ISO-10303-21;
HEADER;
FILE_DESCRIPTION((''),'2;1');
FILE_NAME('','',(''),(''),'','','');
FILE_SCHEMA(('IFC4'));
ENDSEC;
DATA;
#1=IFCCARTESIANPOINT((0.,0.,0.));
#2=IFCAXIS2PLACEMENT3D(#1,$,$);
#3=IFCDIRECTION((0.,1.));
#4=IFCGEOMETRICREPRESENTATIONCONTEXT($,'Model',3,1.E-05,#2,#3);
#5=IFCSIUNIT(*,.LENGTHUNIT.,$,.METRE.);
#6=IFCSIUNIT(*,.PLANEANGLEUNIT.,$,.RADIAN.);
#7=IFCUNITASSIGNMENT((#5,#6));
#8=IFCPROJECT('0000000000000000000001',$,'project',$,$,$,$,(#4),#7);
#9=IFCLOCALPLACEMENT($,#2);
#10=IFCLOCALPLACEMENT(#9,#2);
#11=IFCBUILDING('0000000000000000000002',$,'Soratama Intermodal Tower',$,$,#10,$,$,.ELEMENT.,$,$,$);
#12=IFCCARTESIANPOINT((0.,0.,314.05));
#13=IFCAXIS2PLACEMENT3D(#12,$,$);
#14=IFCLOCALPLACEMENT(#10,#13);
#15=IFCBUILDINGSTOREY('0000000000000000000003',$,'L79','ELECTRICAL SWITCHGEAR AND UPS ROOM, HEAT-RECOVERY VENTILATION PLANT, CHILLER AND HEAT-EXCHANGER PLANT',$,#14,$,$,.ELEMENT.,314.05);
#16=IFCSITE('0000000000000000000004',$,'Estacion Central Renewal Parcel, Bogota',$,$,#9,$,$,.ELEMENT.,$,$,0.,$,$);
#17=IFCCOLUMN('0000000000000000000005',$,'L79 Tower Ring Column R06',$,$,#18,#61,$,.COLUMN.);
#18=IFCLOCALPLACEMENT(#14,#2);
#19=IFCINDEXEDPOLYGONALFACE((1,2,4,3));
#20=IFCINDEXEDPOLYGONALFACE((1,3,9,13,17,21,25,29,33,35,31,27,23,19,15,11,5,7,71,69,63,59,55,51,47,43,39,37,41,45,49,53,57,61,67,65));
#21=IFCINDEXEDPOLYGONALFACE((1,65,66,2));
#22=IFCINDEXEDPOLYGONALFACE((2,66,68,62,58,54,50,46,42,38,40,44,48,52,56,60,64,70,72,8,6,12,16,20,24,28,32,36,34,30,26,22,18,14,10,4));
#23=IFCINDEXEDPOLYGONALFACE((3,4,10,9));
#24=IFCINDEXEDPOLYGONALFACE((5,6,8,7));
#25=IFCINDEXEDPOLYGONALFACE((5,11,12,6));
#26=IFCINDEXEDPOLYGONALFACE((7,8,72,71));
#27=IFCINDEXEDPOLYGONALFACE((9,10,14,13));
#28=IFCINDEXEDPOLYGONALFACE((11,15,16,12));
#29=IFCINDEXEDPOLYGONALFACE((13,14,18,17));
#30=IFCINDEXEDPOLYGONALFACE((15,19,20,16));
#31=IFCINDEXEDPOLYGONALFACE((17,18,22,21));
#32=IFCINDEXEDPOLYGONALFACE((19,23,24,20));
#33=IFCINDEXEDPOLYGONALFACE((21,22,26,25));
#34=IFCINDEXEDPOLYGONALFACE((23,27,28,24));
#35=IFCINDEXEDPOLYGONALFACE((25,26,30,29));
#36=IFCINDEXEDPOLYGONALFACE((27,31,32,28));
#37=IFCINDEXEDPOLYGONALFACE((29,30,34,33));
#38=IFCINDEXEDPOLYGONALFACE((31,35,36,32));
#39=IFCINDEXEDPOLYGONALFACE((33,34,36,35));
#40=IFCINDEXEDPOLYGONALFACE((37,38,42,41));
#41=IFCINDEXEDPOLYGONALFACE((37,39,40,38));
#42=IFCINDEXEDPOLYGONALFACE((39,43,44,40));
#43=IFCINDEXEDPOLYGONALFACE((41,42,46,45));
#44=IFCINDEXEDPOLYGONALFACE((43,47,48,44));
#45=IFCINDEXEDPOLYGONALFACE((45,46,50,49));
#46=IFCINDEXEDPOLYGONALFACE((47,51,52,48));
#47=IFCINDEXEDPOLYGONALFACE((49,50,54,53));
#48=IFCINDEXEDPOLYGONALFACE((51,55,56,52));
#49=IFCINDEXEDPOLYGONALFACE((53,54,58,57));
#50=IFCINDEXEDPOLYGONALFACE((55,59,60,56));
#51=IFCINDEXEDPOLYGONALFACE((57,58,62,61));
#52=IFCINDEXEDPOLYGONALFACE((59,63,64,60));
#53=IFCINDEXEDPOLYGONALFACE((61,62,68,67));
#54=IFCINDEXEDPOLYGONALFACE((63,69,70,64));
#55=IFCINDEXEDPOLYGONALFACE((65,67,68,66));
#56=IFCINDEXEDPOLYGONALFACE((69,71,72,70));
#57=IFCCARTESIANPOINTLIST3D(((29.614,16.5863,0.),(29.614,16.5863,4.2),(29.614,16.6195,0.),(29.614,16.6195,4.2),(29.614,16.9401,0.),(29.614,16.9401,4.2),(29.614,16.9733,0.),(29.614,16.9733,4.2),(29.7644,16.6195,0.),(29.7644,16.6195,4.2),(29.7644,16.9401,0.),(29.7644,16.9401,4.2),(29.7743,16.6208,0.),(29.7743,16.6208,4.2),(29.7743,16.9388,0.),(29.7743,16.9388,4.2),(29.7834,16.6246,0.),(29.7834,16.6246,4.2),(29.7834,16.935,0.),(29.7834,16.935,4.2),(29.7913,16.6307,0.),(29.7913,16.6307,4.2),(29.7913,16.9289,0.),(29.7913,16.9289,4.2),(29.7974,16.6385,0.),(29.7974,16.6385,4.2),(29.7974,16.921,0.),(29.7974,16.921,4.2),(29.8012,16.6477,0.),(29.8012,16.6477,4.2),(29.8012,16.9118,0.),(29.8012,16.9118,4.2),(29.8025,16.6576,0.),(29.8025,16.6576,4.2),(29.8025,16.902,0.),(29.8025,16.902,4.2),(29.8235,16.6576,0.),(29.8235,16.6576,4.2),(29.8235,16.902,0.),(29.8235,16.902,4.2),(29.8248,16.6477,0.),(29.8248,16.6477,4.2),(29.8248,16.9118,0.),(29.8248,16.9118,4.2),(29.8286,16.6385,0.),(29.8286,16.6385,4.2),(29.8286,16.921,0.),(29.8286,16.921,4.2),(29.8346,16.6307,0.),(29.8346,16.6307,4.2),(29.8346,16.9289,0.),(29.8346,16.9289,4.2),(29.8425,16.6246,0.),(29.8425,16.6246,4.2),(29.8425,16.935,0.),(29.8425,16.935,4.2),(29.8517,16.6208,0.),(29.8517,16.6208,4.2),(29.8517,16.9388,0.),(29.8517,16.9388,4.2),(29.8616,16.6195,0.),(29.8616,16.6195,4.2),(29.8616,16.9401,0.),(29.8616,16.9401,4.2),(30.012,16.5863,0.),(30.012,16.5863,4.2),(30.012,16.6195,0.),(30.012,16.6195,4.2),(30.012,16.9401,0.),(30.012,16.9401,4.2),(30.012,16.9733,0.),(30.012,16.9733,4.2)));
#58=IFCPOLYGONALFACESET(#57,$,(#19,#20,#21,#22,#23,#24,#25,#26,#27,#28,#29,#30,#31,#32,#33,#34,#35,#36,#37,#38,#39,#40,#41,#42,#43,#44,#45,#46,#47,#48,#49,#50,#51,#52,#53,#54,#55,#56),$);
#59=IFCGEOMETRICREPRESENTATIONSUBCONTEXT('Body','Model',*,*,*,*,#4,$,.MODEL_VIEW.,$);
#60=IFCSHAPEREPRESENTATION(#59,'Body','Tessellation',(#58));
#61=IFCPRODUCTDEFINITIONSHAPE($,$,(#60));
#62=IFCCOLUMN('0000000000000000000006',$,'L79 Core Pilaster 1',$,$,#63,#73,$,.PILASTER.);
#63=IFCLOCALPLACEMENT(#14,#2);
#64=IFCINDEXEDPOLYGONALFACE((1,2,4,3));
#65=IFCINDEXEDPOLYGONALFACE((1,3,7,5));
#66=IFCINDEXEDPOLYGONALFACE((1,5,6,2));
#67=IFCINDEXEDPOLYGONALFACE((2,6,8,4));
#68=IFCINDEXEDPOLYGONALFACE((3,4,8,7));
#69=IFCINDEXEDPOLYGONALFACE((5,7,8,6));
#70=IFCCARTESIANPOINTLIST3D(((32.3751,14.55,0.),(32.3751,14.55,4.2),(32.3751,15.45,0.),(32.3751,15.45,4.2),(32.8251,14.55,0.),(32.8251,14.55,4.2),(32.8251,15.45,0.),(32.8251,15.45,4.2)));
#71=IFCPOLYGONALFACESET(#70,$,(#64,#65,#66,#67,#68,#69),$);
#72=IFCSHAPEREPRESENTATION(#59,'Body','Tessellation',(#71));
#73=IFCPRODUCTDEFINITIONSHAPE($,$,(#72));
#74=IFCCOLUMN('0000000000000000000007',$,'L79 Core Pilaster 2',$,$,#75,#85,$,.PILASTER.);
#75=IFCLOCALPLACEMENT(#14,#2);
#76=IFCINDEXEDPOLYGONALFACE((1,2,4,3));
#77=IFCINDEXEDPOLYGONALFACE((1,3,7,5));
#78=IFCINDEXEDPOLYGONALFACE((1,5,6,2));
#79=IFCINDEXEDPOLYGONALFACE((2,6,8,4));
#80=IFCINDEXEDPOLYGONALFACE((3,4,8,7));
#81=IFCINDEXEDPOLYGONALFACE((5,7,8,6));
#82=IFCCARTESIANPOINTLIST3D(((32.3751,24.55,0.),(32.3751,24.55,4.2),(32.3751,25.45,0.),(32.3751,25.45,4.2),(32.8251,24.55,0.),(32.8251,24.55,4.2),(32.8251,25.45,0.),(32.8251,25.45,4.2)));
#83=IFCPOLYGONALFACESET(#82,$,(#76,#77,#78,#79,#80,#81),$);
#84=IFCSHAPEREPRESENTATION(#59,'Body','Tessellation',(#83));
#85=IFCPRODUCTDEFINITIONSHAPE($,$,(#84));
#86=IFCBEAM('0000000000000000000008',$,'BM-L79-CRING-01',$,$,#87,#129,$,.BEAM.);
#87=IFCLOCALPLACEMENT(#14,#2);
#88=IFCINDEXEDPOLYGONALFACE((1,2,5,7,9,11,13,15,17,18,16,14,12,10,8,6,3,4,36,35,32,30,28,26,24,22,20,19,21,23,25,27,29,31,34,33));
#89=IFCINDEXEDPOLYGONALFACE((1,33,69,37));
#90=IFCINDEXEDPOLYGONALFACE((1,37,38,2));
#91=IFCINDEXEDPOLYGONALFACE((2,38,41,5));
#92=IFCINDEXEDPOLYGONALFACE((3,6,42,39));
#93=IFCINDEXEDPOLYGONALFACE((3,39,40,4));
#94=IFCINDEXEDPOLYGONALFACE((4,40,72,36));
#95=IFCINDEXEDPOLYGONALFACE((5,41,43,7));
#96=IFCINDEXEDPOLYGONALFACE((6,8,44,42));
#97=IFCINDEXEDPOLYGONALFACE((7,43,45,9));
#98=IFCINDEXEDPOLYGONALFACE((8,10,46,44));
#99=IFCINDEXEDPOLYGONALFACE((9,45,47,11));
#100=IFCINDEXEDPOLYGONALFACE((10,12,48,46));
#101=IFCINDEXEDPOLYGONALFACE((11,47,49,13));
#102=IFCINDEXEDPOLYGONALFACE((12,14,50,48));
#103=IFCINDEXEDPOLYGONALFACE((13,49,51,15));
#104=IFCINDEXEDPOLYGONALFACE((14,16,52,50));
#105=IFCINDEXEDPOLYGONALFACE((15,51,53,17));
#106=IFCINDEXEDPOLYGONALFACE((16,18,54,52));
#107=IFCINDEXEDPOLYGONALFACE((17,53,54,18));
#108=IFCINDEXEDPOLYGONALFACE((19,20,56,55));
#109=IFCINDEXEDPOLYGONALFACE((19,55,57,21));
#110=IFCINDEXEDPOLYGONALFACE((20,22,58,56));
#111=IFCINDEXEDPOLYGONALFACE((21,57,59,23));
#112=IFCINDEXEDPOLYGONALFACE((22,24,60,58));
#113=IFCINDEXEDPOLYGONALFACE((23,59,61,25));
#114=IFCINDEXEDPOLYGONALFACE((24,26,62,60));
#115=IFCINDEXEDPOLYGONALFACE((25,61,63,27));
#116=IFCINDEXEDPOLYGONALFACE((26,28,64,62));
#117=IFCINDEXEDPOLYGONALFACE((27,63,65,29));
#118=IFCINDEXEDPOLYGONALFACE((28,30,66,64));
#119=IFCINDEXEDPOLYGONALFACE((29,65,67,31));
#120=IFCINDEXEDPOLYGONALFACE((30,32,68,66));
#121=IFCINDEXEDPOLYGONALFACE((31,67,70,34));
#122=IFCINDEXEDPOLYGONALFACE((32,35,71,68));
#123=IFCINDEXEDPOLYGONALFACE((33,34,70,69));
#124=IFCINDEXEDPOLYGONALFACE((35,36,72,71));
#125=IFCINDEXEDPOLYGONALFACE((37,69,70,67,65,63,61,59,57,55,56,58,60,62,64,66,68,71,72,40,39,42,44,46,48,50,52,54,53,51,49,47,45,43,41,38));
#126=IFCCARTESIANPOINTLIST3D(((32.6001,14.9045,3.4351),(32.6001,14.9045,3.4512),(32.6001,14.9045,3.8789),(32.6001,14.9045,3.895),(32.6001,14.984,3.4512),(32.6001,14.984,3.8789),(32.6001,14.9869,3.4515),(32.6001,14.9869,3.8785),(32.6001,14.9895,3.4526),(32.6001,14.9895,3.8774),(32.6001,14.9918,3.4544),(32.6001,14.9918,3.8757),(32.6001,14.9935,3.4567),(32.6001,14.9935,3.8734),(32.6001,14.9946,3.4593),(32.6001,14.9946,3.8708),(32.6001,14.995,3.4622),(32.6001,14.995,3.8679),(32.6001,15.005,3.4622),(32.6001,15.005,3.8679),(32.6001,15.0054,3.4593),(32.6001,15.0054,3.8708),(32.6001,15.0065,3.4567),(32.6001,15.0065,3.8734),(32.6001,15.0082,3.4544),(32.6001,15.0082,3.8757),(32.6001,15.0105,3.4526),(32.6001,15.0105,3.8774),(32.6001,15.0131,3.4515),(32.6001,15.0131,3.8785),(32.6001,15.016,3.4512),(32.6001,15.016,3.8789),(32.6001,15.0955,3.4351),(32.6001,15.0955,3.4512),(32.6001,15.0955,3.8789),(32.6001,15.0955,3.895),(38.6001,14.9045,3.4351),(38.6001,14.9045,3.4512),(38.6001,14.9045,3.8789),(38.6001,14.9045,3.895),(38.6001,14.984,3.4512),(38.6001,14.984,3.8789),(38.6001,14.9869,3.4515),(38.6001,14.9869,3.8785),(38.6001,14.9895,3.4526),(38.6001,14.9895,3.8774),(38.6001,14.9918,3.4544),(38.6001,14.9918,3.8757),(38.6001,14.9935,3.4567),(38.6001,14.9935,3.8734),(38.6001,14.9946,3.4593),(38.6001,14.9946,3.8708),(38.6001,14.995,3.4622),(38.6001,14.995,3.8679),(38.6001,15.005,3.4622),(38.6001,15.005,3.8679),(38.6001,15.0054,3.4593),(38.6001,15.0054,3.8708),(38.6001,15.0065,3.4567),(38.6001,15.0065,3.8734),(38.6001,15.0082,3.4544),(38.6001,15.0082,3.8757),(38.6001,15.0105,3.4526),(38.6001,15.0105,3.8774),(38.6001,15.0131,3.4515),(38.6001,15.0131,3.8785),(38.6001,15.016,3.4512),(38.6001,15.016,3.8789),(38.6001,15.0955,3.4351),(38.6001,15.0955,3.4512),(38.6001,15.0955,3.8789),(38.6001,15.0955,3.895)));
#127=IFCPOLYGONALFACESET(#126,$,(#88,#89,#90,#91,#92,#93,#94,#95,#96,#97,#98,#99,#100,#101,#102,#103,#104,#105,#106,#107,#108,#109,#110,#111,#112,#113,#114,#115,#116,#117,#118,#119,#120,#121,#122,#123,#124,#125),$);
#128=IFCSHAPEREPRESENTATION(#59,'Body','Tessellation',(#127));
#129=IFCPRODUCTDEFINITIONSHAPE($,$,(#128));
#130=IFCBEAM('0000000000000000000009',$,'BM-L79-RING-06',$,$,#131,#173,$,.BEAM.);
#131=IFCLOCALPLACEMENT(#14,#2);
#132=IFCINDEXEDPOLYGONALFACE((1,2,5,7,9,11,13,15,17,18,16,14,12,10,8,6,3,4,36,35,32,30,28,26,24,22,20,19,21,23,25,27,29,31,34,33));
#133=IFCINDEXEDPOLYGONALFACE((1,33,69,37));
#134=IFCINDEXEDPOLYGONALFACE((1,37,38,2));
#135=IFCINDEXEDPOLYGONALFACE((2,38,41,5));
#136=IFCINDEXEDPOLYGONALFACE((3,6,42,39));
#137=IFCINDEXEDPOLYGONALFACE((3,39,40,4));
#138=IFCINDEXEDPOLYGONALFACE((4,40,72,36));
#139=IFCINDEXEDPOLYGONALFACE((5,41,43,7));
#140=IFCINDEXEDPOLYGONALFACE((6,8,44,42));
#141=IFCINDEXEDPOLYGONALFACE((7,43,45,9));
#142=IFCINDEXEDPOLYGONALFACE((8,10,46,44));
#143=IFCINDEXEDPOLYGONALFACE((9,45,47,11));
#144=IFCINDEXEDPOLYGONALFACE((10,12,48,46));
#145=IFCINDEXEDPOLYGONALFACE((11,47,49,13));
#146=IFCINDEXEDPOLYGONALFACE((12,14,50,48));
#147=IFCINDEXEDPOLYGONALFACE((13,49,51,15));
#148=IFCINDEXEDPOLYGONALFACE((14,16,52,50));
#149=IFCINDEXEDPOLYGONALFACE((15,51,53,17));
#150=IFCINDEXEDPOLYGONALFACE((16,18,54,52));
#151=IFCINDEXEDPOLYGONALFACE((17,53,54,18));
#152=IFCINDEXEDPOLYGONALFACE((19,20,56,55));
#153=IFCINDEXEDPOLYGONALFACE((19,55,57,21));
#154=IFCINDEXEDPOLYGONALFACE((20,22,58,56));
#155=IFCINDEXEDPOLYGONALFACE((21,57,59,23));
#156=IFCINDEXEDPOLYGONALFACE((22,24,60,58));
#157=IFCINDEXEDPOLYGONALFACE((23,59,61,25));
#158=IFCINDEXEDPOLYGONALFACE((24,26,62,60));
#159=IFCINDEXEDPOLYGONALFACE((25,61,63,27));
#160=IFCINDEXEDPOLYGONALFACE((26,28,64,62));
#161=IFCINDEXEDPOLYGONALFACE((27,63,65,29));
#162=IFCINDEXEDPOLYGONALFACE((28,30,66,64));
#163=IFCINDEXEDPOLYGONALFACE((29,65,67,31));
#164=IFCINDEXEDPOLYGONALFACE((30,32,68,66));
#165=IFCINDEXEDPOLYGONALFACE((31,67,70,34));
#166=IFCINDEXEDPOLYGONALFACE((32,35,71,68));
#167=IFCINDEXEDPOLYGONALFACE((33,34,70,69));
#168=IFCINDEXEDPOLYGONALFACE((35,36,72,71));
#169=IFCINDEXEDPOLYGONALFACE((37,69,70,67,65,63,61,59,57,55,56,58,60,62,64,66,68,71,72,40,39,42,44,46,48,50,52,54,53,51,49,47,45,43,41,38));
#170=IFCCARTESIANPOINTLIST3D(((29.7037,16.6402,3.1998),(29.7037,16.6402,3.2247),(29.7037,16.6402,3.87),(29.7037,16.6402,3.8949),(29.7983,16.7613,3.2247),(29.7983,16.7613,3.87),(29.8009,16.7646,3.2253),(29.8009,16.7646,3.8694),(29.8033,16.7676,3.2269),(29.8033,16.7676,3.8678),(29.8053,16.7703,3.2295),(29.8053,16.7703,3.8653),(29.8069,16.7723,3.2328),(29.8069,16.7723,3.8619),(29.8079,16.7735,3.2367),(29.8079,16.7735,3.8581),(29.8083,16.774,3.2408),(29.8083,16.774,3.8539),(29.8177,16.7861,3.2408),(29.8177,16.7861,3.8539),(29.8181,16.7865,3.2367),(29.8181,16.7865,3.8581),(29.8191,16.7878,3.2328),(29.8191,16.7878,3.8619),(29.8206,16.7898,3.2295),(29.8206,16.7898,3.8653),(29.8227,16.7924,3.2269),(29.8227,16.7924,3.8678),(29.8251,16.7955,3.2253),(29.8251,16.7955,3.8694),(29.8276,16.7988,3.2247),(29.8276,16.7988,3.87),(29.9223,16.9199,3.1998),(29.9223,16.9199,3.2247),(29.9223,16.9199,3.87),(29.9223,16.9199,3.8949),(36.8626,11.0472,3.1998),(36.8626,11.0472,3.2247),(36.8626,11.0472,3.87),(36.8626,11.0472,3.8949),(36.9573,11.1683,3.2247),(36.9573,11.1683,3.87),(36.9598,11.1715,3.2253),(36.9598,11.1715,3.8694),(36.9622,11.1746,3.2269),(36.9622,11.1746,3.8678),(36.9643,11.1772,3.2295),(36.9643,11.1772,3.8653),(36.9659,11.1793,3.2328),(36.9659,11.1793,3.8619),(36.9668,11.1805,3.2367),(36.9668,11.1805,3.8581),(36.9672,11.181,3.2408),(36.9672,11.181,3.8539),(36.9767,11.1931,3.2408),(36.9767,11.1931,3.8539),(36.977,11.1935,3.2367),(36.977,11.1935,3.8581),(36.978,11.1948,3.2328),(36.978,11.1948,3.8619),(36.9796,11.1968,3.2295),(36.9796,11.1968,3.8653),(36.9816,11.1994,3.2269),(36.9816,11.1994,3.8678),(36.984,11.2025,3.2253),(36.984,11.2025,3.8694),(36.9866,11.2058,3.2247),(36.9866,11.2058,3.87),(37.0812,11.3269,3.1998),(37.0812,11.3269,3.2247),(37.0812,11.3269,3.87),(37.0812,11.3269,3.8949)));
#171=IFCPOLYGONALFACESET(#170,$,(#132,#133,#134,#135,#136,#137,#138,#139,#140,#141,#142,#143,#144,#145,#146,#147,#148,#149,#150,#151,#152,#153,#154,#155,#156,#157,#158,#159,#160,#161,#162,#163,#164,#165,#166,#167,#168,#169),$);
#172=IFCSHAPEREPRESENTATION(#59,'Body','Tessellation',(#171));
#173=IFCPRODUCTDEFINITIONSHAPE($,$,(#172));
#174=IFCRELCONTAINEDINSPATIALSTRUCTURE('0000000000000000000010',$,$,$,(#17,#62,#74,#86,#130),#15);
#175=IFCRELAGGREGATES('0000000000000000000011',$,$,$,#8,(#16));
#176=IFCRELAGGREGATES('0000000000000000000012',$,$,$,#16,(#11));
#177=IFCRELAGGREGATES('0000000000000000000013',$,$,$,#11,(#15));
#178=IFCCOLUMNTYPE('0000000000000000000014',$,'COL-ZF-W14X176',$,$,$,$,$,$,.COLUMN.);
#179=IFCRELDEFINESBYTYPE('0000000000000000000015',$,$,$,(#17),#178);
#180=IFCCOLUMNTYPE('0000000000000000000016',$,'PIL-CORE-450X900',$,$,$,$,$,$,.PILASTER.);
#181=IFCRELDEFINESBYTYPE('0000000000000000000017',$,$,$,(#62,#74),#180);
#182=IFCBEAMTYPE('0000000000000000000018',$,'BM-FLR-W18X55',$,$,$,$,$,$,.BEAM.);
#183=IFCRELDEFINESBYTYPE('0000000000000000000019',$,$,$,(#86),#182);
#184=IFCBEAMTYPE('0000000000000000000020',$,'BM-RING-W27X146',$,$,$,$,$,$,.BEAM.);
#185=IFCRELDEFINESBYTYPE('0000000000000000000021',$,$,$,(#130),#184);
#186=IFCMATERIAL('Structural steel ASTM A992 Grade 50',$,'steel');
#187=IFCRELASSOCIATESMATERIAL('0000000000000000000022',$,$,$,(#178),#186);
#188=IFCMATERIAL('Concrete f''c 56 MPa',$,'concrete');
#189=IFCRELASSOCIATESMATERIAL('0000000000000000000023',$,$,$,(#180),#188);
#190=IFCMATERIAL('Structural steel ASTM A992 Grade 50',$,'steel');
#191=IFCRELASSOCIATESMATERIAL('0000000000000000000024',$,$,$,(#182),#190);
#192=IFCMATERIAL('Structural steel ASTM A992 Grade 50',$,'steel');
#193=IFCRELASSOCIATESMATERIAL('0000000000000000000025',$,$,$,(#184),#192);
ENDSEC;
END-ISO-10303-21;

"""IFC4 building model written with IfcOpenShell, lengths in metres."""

from ifc_helpers import new_model, si_unit, direction, frame, origin, origin_2d, place, context, subcontext, project, spatial, rectangle, i_section, extrude, material, material_profile, profile_set, type_object, element, save


model = new_model("IFC4")

# Units and contexts
model_context = context("Model", 3, precision=1e-05, world=origin(), true_north=direction((0.0, 1.0)))
body_context = subcontext(model_context, "Body", "Model", "MODEL_VIEW")
ifc_project = project(units=[si_unit("LENGTHUNIT", "METRE"), si_unit("PLANEANGLEUNIT", "RADIAN")], contexts=[model_context])

# Site, building, storey
site_placement = place(None, origin())
site = spatial("IfcSite", under=ifc_project, at=site_placement, Name="Estacion Central Renewal Parcel, Bogota", CompositionType="ELEMENT", RefElevation=0.0)
building_placement = place(site_placement, origin())
building = spatial("IfcBuilding", under=site, at=building_placement, Name="Soratama Intermodal Tower", CompositionType="ELEMENT")
storey_placement = place(building_placement, frame((0.0, 0.0, 314.05)))
storey = spatial("IfcBuildingStorey", under=building, at=storey_placement, Name="L79", Description="ELECTRICAL SWITCHGEAR AND UPS ROOM, HEAT-RECOVERY VENTILATION PLANT, CHILLER AND HEAT-EXCHANGER PLANT", CompositionType="ELEMENT", Elevation=314.05)

# Columns
ifc_material_1 = material(Name="Structural steel ASTM A992 Grade 50", Category="steel")
ifc_material_profile_1 = material_profile(ifc_material_1, i_section(OverallWidth=0.3979, OverallDepth=0.387, WebThickness=0.021, FlangeThickness=0.0332, FilletRadius=0.0381, at=origin_2d()), Name="W14X176")
ifc_profile_set_1 = profile_set([ifc_material_profile_1], Name="Structural steel ASTM A992 Grade 50")
column_type_1 = type_object("IfcColumnType", Name="COL-ZF-W14X176", PredefinedType="COLUMN", material=ifc_profile_set_1)
column_placement = place(storey_placement, frame((29.813, 16.7798, 0.0), z_axis=(0.0, 0.0, 1.0), x_axis=(1.0, 0.0, 0.0)))
element("IfcColumn", 1, at=column_placement, inside=storey, type_object=column_type_1, Name="L79 Tower Ring Column R06", PredefinedType="COLUMN", context=body_context, shape_type="SweptSolid", body=[
    extrude(i_section(OverallWidth=0.3979, OverallDepth=0.387, WebThickness=0.021, FlangeThickness=0.0332, FilletRadius=0.0381, at=origin_2d()), origin(), (0.0, 0.0, 1.0), 4.2),
])
ifc_material_2 = material(Name="Concrete f'c 56 MPa", Category="concrete")
ifc_material_profile_2 = material_profile(ifc_material_2, rectangle(XDim=0.45, YDim=0.8999, at=origin_2d()), Name="RC450X900")
ifc_profile_set_2 = profile_set([ifc_material_profile_2], Name="Concrete f'c 56 MPa")
column_type_2 = type_object("IfcColumnType", Name="PIL-CORE-450X900", PredefinedType="PILASTER", material=ifc_profile_set_2)
for number, where, z_axis, x_axis, name in (
    (2, (32.6001, 15.0, 0.0), (0.0, 0.0, 1.0), (1.0, 0.0, 0.0), "L79 Core Pilaster 1"),
    (3, (32.6001, 25.0, 0.0), (0.0, 0.0, 1.0), (1.0, 0.0, 0.0), "L79 Core Pilaster 2"),
):
    element("IfcColumn", number, at=place(storey_placement, frame(where, z_axis=z_axis, x_axis=x_axis)), inside=storey, type_object=column_type_2, Name=name, PredefinedType="PILASTER", context=body_context, shape_type="SweptSolid", body=[
        extrude(rectangle(XDim=0.45, YDim=0.8999, at=origin_2d()), origin(), (0.0, 0.0, 1.0), 4.2),
    ])

# Beams
ifc_material_3 = material(Name="Structural steel ASTM A992 Grade 50", Category="steel")
ifc_material_profile_3 = material_profile(ifc_material_3, i_section(OverallWidth=0.1909, OverallDepth=0.46, WebThickness=0.01, FlangeThickness=0.0161, FilletRadius=0.011, at=origin_2d()), Name="W18X55")
ifc_profile_set_3 = profile_set([ifc_material_profile_3], Name="Structural steel ASTM A992 Grade 50")
beam_type_1 = type_object("IfcBeamType", Name="BM-FLR-W18X55", PredefinedType="BEAM", material=ifc_profile_set_3)
beam_1_placement = place(storey_placement, frame((32.6001, 15.0, 3.665), z_axis=(1.0, 0.0, 0.0), x_axis=(0.0, 1.0, 0.0)))
element("IfcBeam", 4, at=beam_1_placement, inside=storey, type_object=beam_type_1, Name="BM-L79-CRING-01", PredefinedType="BEAM", context=body_context, shape_type="SweptSolid", body=[
    extrude(i_section(OverallWidth=0.1909, OverallDepth=0.46, WebThickness=0.01, FlangeThickness=0.0161, FilletRadius=0.011, at=origin_2d()), origin(), (0.0, 0.0, 1.0), 6.0),
])
ifc_material_4 = material(Name="Structural steel ASTM A992 Grade 50", Category="steel")
ifc_material_profile_4 = material_profile(ifc_material_4, i_section(OverallWidth=0.355, OverallDepth=0.6951, WebThickness=0.0154, FlangeThickness=0.0249, FilletRadius=0.0161, at=origin_2d()), Name="W27X146")
ifc_profile_set_4 = profile_set([ifc_material_profile_4], Name="Structural steel ASTM A992 Grade 50")
beam_type_2 = type_object("IfcBeamType", Name="BM-RING-W27X146", PredefinedType="BEAM", material=ifc_profile_set_4)
beam_2_placement = place(storey_placement, frame((29.813, 16.78, 3.5474), z_axis=(0.788019, -0.615651, 0.0), x_axis=(0.615651, 0.788019, 0.0)))
element("IfcBeam", 5, at=beam_2_placement, inside=storey, type_object=beam_type_2, Name="BM-L79-RING-06", PredefinedType="BEAM", context=body_context, shape_type="SweptSolid", body=[
    extrude(i_section(OverallWidth=0.355, OverallDepth=0.6951, WebThickness=0.0154, FlangeThickness=0.0249, FilletRadius=0.0161, at=origin_2d()), origin(), (0.0, 0.0, 1.0), 9.0847),
])

save(model, "model.ifc")
